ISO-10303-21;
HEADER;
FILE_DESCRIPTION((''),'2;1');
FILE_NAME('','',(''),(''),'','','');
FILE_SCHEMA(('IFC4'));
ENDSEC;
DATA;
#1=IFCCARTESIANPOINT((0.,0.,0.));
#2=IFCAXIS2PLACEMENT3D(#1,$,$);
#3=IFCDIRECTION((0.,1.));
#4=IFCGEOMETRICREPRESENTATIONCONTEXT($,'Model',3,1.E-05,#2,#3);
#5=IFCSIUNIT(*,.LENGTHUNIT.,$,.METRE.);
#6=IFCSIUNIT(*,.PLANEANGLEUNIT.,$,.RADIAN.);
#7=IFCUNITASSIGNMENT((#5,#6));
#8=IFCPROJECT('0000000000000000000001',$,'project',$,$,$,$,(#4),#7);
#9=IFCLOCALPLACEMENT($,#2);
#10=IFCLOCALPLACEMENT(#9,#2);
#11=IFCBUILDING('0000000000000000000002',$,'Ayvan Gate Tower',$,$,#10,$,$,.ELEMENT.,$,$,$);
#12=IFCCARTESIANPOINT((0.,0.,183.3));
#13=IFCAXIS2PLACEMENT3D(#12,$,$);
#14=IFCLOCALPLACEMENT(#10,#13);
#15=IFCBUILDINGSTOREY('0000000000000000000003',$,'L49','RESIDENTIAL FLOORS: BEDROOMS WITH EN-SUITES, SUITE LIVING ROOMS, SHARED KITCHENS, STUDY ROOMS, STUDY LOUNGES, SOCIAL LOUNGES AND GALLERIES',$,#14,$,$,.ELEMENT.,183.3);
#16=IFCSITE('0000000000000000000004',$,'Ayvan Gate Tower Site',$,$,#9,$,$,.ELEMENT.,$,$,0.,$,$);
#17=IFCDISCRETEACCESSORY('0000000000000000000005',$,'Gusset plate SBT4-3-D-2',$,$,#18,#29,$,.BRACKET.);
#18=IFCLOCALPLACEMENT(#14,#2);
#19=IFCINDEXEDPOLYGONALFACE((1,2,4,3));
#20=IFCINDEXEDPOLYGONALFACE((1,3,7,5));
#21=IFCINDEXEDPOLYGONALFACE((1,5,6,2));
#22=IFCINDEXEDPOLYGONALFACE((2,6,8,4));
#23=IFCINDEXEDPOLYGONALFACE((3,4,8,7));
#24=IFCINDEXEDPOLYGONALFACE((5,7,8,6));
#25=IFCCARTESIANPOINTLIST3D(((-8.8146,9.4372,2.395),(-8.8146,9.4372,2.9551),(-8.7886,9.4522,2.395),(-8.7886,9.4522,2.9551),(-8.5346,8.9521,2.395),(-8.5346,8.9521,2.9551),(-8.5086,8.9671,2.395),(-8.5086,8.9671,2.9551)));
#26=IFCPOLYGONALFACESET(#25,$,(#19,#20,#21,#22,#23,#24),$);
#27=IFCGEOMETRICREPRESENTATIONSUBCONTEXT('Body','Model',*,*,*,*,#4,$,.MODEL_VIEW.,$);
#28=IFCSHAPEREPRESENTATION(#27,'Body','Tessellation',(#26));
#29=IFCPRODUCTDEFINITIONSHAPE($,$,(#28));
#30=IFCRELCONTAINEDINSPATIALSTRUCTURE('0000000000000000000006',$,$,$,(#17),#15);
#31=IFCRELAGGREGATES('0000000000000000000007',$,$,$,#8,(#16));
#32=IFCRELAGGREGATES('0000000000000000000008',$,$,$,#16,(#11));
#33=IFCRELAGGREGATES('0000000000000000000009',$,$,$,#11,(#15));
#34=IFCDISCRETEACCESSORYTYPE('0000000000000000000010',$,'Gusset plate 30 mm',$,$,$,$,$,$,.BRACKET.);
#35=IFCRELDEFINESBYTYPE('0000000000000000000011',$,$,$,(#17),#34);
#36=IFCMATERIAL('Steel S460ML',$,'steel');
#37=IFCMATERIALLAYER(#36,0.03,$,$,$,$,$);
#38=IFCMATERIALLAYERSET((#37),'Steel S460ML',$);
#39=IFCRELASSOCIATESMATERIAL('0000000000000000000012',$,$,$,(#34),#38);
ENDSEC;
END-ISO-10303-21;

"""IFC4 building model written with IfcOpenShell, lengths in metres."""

from ifc_helpers import new_model, si_unit, direction, frame, origin, origin_2d, place, context, subcontext, project, spatial, rectangle, extrude, material, layer, layer_set, type_object, element, save


model = new_model("IFC4")

# Units and contexts
model_context = context("Model", 3, precision=1e-05, world=origin(), true_north=direction((0.0, 1.0)))
body_context = subcontext(model_context, "Body", "Model", "MODEL_VIEW")
ifc_project = project(units=[si_unit("LENGTHUNIT", "METRE"), si_unit("PLANEANGLEUNIT", "RADIAN")], contexts=[model_context])

# Site, building, storey
site_placement = place(None, origin())
site = spatial("IfcSite", under=ifc_project, at=site_placement, Name="Ayvan Gate Tower Site", CompositionType="ELEMENT", RefElevation=0.0)
building_placement = place(site_placement, origin())
building = spatial("IfcBuilding", under=site, at=building_placement, Name="Ayvan Gate Tower", CompositionType="ELEMENT")
storey_placement = place(building_placement, frame((0.0, 0.0, 183.3)))
storey = spatial("IfcBuildingStorey", under=building, at=storey_placement, Name="L49", Description="RESIDENTIAL FLOORS: BEDROOMS WITH EN-SUITES, SUITE LIVING ROOMS, SHARED KITCHENS, STUDY ROOMS, STUDY LOUNGES, SOCIAL LOUNGES AND GALLERIES", CompositionType="ELEMENT", Elevation=183.3)

# Discrete accessory
ifc_material_1 = material(Name="Steel S460ML", Category="steel")
ifc_layer_1 = layer(ifc_material_1, 0.03)
ifc_layer_set_1 = layer_set([ifc_layer_1], Name="Steel S460ML")
discrete_accessory_type = type_object("IfcDiscreteAccessoryType", Name="Gusset plate 30 mm", PredefinedType="BRACKET", material=ifc_layer_set_1)
discrete_accessory_placement = place(storey_placement, frame((-8.6616, 9.2021, 2.395), z_axis=(0.0, 0.0, 1.0), x_axis=(-0.5, 0.866025, 0.0)))
element("IfcDiscreteAccessory", 1, at=discrete_accessory_placement, inside=storey, type_object=discrete_accessory_type, Name="Gusset plate SBT4-3-D-2", PredefinedType="BRACKET", context=body_context, shape_type="SweptSolid", body=[
    extrude(rectangle(XDim=0.5601, YDim=0.03, at=origin_2d()), origin(), (0.0, 0.0, 1.0), 0.5601),
])

save(model, "model.ifc")
